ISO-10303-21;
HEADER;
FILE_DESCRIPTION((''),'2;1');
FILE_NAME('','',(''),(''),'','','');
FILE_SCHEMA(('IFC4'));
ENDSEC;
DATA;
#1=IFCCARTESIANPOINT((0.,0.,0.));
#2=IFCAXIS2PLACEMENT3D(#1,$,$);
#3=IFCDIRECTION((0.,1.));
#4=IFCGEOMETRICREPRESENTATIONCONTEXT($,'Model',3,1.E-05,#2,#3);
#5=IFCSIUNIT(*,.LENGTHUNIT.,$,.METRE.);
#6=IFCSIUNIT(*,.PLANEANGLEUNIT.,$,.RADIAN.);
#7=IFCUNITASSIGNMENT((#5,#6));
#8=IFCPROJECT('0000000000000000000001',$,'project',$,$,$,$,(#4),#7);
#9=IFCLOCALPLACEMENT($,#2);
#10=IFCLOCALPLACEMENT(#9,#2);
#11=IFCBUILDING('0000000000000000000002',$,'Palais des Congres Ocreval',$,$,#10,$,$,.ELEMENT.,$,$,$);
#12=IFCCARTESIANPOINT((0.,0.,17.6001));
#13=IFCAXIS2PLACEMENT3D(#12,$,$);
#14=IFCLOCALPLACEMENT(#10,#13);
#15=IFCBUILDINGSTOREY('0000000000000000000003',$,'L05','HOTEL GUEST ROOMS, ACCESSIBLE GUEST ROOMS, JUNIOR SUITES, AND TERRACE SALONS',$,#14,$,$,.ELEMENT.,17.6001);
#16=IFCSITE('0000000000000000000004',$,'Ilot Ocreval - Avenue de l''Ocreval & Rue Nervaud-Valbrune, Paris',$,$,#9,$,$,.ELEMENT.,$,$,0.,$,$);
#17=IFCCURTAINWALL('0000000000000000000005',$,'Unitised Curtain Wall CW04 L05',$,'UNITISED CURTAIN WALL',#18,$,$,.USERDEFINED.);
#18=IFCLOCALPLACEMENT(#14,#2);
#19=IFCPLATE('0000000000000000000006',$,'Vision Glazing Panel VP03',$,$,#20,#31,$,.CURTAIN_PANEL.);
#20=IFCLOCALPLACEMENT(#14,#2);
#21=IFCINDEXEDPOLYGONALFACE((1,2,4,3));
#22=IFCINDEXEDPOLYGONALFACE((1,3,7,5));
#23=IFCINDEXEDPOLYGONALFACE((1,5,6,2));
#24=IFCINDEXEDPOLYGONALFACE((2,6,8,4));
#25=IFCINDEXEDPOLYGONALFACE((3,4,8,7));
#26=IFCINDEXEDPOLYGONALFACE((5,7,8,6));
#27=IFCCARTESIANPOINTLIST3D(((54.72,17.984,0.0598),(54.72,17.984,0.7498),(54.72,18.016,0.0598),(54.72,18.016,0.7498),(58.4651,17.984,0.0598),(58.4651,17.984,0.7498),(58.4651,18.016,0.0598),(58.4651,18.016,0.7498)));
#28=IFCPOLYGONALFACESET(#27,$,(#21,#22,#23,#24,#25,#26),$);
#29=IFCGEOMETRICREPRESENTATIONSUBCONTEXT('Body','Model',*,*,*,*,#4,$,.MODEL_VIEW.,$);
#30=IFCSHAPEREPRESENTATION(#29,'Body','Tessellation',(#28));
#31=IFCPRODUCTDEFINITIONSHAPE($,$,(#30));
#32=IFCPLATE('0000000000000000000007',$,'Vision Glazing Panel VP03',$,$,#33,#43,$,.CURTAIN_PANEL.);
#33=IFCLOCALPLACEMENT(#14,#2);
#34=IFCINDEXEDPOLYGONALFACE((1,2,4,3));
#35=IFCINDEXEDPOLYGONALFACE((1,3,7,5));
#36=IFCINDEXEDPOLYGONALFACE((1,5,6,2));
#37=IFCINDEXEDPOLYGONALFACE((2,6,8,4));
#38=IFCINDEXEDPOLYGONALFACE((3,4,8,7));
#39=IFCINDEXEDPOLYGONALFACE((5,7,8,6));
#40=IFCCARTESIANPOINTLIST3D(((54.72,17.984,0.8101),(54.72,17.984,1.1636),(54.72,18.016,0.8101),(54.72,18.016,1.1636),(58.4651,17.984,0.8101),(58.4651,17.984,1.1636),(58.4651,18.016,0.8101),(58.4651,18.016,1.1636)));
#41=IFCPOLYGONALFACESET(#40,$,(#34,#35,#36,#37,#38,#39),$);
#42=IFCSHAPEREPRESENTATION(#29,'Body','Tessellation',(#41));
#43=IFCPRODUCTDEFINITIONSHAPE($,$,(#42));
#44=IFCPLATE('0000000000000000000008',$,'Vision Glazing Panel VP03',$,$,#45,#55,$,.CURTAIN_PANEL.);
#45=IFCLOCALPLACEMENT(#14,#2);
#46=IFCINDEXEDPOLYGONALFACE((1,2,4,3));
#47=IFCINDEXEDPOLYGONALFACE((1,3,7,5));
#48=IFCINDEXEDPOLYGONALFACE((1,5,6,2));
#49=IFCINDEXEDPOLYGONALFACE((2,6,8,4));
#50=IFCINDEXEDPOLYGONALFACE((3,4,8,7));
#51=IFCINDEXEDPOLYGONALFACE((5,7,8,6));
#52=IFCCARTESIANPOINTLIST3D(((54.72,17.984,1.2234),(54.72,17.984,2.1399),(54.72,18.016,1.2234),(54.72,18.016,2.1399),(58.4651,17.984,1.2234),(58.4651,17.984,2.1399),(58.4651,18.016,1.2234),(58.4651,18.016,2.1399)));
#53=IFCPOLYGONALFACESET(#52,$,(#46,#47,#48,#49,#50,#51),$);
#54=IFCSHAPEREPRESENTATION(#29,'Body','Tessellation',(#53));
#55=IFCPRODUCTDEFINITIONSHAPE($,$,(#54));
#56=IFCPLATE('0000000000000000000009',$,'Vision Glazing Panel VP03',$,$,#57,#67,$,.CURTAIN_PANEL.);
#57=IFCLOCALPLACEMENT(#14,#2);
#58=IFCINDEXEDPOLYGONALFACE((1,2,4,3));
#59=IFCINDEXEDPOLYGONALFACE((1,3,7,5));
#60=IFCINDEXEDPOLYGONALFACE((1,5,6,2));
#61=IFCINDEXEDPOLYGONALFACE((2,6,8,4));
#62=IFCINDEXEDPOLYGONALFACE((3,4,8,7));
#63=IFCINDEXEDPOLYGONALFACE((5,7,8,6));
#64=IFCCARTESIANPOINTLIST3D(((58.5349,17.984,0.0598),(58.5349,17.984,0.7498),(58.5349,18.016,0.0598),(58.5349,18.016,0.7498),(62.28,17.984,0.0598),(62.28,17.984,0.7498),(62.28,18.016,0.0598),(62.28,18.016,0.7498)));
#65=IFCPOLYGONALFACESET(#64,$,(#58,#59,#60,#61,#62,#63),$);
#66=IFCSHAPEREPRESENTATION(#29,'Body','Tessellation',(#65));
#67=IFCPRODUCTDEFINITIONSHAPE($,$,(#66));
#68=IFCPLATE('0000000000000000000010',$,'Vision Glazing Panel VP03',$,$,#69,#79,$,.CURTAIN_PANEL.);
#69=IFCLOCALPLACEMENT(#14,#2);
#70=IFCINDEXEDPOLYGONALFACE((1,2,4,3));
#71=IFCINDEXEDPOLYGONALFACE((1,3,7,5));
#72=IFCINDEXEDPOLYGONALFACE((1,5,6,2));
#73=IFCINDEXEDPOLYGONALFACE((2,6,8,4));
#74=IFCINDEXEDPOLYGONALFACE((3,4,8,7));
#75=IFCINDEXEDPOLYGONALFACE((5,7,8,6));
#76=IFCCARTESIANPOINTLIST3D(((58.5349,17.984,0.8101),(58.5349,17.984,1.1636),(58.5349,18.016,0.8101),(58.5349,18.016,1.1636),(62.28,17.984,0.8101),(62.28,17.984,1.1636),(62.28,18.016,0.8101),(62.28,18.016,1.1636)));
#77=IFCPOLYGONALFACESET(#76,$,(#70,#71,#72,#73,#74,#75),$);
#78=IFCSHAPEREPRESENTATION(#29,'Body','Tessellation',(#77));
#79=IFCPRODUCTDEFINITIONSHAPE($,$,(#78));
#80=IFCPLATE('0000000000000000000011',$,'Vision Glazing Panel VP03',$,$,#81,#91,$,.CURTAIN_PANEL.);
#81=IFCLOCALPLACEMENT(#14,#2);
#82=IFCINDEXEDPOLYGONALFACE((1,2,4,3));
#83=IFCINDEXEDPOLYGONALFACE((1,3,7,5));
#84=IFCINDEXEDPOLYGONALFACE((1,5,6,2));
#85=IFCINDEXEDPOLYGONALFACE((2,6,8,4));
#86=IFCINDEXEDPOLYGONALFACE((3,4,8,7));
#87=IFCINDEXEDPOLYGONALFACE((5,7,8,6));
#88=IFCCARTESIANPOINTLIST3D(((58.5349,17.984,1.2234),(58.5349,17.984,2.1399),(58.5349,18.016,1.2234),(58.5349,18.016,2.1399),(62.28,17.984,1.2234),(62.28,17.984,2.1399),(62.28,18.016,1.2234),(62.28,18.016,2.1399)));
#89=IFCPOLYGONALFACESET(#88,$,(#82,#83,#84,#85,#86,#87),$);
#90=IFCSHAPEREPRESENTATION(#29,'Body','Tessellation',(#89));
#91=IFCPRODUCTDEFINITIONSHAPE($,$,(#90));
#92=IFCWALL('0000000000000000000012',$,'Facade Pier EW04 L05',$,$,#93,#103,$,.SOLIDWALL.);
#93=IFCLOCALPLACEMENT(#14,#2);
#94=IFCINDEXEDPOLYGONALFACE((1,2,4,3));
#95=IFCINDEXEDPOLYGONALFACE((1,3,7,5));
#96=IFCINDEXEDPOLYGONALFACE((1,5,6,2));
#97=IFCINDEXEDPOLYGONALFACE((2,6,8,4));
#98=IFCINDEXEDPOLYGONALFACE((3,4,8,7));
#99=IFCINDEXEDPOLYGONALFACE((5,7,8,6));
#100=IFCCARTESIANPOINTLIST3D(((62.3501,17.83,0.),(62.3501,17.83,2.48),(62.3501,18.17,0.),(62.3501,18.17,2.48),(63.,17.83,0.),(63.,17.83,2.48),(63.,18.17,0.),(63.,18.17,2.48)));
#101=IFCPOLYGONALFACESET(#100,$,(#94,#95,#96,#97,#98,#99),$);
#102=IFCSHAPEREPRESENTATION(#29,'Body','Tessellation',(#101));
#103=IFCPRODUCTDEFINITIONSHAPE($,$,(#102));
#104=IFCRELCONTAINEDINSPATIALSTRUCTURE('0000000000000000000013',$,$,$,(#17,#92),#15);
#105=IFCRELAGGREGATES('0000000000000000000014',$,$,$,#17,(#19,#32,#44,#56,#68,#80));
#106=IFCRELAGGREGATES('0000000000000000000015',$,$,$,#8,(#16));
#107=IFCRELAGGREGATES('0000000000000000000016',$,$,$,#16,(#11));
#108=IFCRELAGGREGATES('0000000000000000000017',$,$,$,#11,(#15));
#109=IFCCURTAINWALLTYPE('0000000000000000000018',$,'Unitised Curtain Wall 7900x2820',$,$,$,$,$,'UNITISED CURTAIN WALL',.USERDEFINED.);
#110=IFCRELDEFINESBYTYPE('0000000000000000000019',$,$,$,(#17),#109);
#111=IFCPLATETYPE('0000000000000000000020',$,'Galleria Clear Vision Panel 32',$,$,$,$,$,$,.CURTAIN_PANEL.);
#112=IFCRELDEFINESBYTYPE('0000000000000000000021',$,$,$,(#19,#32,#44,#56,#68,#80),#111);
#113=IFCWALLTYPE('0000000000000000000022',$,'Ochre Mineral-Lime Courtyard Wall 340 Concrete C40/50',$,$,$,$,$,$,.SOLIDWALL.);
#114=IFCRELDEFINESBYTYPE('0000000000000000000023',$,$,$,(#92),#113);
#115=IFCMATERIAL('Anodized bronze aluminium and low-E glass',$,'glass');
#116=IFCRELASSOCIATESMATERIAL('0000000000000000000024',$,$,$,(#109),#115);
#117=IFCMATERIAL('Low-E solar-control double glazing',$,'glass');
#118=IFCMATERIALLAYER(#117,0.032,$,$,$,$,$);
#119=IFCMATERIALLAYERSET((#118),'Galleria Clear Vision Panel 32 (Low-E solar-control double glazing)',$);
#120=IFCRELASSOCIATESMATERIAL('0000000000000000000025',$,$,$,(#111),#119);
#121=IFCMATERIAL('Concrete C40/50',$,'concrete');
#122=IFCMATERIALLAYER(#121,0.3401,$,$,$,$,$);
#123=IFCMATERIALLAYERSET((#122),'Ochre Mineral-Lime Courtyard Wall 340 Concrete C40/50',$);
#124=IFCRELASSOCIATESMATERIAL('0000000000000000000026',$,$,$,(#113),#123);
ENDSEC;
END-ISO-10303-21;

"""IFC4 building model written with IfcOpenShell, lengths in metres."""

from ifc_helpers import new_model, si_unit, direction, frame, frame_2d, origin, origin_2d, place, context, subcontext, project, spatial, rectangle, extrude, material, layer, layer_set, type_object, element, aggregate, save


model = new_model("IFC4")

# Units and contexts
model_context = context("Model", 3, precision=1e-05, world=origin(), true_north=direction((0.0, 1.0)))
body_context = subcontext(model_context, "Body", "Model", "MODEL_VIEW")
ifc_project = project(units=[si_unit("LENGTHUNIT", "METRE"), si_unit("PLANEANGLEUNIT", "RADIAN")], contexts=[model_context])

# Site, building, storey
site_placement = place(None, origin())
site = spatial("IfcSite", under=ifc_project, at=site_placement, Name="Ilot Ocreval - Avenue de l'Ocreval & Rue Nervaud-Valbrune, Paris", CompositionType="ELEMENT", RefElevation=0.0)
building_placement = place(site_placement, origin())
building = spatial("IfcBuilding", under=site, at=building_placement, Name="Palais des Congres Ocreval", CompositionType="ELEMENT")
storey_placement = place(building_placement, frame((0.0, 0.0, 17.6001)))
storey = spatial("IfcBuildingStorey", under=building, at=storey_placement, Name="L05", Description="HOTEL GUEST ROOMS, ACCESSIBLE GUEST ROOMS, JUNIOR SUITES, AND TERRACE SALONS", CompositionType="ELEMENT", Elevation=17.6001)

# Shared definitions
ifc_material_1 = material(Name="Concrete C40/50", Category="concrete")

# Curtain wall, plates
ifc_material_2 = material(Name="Anodized bronze aluminium and low-E glass", Category="glass")
curtain_wall_type = type_object("IfcCurtainWallType", Name="Unitised Curtain Wall 7900x2820", ElementType="UNITISED CURTAIN WALL", PredefinedType="USERDEFINED", material=ifc_material_2)
curtain_wall_placement = place(storey_placement, origin())
curtain_wall = element("IfcCurtainWall", 1, at=curtain_wall_placement, inside=storey, type_object=curtain_wall_type, Name="Unitised Curtain Wall CW04 L05", ObjectType="UNITISED CURTAIN WALL", PredefinedType="USERDEFINED")
ifc_material_3 = material(Name="Low-E solar-control double glazing", Category="glass")
ifc_layer_1 = layer(ifc_material_3, 0.032)
ifc_layer_set_1 = layer_set([ifc_layer_1], Name="Galleria Clear Vision Panel 32 (Low-E solar-control double glazing)")
plate_type_1 = type_object("IfcPlateType", Name="Galleria Clear Vision Panel 32", PredefinedType="CURTAIN_PANEL", material=ifc_layer_set_1)
plate_1_placement = place(storey_placement, frame((56.5925, 18.0, 0.0598), z_axis=(0.0, 0.0, 1.0), x_axis=(1.0, 0.0, 0.0)))
plate_1 = element("IfcPlate", 2, at=plate_1_placement, type_object=plate_type_1, Name="Vision Glazing Panel VP03", PredefinedType="CURTAIN_PANEL", context=body_context, shape_type="SweptSolid", body=[
    extrude(rectangle(XDim=3.7451, YDim=0.032, at=origin_2d()), origin(), (0.0, 0.0, 1.0), 0.6899),
])
plate_2_placement = place(storey_placement, frame((56.5925, 18.0, 0.8101), z_axis=(0.0, 0.0, 1.0), x_axis=(1.0, 0.0, 0.0)))
plate_2 = element("IfcPlate", 3, at=plate_2_placement, type_object=plate_type_1, Name="Vision Glazing Panel VP03", PredefinedType="CURTAIN_PANEL", context=body_context, shape_type="SweptSolid", body=[
    extrude(rectangle(XDim=3.7451, YDim=0.032, at=origin_2d()), origin(), (0.0, 0.0, 1.0), 0.3535),
])
plate_3_placement = place(storey_placement, frame((56.5925, 18.0, 1.2234), z_axis=(0.0, 0.0, 1.0), x_axis=(1.0, 0.0, 0.0)))
plate_3 = element("IfcPlate", 4, at=plate_3_placement, type_object=plate_type_1, Name="Vision Glazing Panel VP03", PredefinedType="CURTAIN_PANEL", context=body_context, shape_type="SweptSolid", body=[
    extrude(rectangle(XDim=3.7451, YDim=0.032, at=origin_2d()), origin(), (0.0, 0.0, 1.0), 0.9165),
])
plate_4_placement = place(storey_placement, frame((60.4075, 18.0, 0.0598), z_axis=(0.0, 0.0, 1.0), x_axis=(1.0, 0.0, 0.0)))
plate_4 = element("IfcPlate", 5, at=plate_4_placement, type_object=plate_type_1, Name="Vision Glazing Panel VP03", PredefinedType="CURTAIN_PANEL", context=body_context, shape_type="SweptSolid", body=[
    extrude(rectangle(XDim=3.7451, YDim=0.032, at=origin_2d()), origin(), (0.0, 0.0, 1.0), 0.6899),
])
plate_5_placement = place(storey_placement, frame((60.4075, 18.0, 0.8101), z_axis=(0.0, 0.0, 1.0), x_axis=(1.0, 0.0, 0.0)))
plate_5 = element("IfcPlate", 6, at=plate_5_placement, type_object=plate_type_1, Name="Vision Glazing Panel VP03", PredefinedType="CURTAIN_PANEL", context=body_context, shape_type="SweptSolid", body=[
    extrude(rectangle(XDim=3.7451, YDim=0.032, at=origin_2d()), origin(), (0.0, 0.0, 1.0), 0.3535),
])
plate_6_placement = place(storey_placement, frame((60.4075, 18.0, 1.2234), z_axis=(0.0, 0.0, 1.0), x_axis=(1.0, 0.0, 0.0)))
plate_6 = element("IfcPlate", 7, at=plate_6_placement, type_object=plate_type_1, Name="Vision Glazing Panel VP03", PredefinedType="CURTAIN_PANEL", context=body_context, shape_type="SweptSolid", body=[
    extrude(rectangle(XDim=3.7451, YDim=0.032, at=origin_2d()), origin(), (0.0, 0.0, 1.0), 0.9165),
])
aggregate(curtain_wall, [plate_1, plate_2, plate_3, plate_4, plate_5, plate_6])

# Wall
ifc_layer_2 = layer(ifc_material_1, 0.3401)
ifc_layer_set_2 = layer_set([ifc_layer_2], Name="Ochre Mineral-Lime Courtyard Wall 340 Concrete C40/50")
wall_type = type_object("IfcWallType", Name="Ochre Mineral-Lime Courtyard Wall 340 Concrete C40/50", PredefinedType="SOLIDWALL", material=ifc_layer_set_2)
wall_placement = place(storey_placement, frame((62.3501, 18.0, 0.0), z_axis=(0.0, 0.0, 1.0), x_axis=(1.0, 0.0, 0.0)))
element("IfcWall", 8, at=wall_placement, inside=storey, type_object=wall_type, Name="Facade Pier EW04 L05", PredefinedType="SOLIDWALL", context=body_context, shape_type="SweptSolid", body=[
    extrude(rectangle(XDim=0.6499, YDim=0.3401, at=frame_2d((0.325, 0.0))), origin(), (0.0, 0.0, 1.0), 2.48),
])

save(model, "model.ifc")
